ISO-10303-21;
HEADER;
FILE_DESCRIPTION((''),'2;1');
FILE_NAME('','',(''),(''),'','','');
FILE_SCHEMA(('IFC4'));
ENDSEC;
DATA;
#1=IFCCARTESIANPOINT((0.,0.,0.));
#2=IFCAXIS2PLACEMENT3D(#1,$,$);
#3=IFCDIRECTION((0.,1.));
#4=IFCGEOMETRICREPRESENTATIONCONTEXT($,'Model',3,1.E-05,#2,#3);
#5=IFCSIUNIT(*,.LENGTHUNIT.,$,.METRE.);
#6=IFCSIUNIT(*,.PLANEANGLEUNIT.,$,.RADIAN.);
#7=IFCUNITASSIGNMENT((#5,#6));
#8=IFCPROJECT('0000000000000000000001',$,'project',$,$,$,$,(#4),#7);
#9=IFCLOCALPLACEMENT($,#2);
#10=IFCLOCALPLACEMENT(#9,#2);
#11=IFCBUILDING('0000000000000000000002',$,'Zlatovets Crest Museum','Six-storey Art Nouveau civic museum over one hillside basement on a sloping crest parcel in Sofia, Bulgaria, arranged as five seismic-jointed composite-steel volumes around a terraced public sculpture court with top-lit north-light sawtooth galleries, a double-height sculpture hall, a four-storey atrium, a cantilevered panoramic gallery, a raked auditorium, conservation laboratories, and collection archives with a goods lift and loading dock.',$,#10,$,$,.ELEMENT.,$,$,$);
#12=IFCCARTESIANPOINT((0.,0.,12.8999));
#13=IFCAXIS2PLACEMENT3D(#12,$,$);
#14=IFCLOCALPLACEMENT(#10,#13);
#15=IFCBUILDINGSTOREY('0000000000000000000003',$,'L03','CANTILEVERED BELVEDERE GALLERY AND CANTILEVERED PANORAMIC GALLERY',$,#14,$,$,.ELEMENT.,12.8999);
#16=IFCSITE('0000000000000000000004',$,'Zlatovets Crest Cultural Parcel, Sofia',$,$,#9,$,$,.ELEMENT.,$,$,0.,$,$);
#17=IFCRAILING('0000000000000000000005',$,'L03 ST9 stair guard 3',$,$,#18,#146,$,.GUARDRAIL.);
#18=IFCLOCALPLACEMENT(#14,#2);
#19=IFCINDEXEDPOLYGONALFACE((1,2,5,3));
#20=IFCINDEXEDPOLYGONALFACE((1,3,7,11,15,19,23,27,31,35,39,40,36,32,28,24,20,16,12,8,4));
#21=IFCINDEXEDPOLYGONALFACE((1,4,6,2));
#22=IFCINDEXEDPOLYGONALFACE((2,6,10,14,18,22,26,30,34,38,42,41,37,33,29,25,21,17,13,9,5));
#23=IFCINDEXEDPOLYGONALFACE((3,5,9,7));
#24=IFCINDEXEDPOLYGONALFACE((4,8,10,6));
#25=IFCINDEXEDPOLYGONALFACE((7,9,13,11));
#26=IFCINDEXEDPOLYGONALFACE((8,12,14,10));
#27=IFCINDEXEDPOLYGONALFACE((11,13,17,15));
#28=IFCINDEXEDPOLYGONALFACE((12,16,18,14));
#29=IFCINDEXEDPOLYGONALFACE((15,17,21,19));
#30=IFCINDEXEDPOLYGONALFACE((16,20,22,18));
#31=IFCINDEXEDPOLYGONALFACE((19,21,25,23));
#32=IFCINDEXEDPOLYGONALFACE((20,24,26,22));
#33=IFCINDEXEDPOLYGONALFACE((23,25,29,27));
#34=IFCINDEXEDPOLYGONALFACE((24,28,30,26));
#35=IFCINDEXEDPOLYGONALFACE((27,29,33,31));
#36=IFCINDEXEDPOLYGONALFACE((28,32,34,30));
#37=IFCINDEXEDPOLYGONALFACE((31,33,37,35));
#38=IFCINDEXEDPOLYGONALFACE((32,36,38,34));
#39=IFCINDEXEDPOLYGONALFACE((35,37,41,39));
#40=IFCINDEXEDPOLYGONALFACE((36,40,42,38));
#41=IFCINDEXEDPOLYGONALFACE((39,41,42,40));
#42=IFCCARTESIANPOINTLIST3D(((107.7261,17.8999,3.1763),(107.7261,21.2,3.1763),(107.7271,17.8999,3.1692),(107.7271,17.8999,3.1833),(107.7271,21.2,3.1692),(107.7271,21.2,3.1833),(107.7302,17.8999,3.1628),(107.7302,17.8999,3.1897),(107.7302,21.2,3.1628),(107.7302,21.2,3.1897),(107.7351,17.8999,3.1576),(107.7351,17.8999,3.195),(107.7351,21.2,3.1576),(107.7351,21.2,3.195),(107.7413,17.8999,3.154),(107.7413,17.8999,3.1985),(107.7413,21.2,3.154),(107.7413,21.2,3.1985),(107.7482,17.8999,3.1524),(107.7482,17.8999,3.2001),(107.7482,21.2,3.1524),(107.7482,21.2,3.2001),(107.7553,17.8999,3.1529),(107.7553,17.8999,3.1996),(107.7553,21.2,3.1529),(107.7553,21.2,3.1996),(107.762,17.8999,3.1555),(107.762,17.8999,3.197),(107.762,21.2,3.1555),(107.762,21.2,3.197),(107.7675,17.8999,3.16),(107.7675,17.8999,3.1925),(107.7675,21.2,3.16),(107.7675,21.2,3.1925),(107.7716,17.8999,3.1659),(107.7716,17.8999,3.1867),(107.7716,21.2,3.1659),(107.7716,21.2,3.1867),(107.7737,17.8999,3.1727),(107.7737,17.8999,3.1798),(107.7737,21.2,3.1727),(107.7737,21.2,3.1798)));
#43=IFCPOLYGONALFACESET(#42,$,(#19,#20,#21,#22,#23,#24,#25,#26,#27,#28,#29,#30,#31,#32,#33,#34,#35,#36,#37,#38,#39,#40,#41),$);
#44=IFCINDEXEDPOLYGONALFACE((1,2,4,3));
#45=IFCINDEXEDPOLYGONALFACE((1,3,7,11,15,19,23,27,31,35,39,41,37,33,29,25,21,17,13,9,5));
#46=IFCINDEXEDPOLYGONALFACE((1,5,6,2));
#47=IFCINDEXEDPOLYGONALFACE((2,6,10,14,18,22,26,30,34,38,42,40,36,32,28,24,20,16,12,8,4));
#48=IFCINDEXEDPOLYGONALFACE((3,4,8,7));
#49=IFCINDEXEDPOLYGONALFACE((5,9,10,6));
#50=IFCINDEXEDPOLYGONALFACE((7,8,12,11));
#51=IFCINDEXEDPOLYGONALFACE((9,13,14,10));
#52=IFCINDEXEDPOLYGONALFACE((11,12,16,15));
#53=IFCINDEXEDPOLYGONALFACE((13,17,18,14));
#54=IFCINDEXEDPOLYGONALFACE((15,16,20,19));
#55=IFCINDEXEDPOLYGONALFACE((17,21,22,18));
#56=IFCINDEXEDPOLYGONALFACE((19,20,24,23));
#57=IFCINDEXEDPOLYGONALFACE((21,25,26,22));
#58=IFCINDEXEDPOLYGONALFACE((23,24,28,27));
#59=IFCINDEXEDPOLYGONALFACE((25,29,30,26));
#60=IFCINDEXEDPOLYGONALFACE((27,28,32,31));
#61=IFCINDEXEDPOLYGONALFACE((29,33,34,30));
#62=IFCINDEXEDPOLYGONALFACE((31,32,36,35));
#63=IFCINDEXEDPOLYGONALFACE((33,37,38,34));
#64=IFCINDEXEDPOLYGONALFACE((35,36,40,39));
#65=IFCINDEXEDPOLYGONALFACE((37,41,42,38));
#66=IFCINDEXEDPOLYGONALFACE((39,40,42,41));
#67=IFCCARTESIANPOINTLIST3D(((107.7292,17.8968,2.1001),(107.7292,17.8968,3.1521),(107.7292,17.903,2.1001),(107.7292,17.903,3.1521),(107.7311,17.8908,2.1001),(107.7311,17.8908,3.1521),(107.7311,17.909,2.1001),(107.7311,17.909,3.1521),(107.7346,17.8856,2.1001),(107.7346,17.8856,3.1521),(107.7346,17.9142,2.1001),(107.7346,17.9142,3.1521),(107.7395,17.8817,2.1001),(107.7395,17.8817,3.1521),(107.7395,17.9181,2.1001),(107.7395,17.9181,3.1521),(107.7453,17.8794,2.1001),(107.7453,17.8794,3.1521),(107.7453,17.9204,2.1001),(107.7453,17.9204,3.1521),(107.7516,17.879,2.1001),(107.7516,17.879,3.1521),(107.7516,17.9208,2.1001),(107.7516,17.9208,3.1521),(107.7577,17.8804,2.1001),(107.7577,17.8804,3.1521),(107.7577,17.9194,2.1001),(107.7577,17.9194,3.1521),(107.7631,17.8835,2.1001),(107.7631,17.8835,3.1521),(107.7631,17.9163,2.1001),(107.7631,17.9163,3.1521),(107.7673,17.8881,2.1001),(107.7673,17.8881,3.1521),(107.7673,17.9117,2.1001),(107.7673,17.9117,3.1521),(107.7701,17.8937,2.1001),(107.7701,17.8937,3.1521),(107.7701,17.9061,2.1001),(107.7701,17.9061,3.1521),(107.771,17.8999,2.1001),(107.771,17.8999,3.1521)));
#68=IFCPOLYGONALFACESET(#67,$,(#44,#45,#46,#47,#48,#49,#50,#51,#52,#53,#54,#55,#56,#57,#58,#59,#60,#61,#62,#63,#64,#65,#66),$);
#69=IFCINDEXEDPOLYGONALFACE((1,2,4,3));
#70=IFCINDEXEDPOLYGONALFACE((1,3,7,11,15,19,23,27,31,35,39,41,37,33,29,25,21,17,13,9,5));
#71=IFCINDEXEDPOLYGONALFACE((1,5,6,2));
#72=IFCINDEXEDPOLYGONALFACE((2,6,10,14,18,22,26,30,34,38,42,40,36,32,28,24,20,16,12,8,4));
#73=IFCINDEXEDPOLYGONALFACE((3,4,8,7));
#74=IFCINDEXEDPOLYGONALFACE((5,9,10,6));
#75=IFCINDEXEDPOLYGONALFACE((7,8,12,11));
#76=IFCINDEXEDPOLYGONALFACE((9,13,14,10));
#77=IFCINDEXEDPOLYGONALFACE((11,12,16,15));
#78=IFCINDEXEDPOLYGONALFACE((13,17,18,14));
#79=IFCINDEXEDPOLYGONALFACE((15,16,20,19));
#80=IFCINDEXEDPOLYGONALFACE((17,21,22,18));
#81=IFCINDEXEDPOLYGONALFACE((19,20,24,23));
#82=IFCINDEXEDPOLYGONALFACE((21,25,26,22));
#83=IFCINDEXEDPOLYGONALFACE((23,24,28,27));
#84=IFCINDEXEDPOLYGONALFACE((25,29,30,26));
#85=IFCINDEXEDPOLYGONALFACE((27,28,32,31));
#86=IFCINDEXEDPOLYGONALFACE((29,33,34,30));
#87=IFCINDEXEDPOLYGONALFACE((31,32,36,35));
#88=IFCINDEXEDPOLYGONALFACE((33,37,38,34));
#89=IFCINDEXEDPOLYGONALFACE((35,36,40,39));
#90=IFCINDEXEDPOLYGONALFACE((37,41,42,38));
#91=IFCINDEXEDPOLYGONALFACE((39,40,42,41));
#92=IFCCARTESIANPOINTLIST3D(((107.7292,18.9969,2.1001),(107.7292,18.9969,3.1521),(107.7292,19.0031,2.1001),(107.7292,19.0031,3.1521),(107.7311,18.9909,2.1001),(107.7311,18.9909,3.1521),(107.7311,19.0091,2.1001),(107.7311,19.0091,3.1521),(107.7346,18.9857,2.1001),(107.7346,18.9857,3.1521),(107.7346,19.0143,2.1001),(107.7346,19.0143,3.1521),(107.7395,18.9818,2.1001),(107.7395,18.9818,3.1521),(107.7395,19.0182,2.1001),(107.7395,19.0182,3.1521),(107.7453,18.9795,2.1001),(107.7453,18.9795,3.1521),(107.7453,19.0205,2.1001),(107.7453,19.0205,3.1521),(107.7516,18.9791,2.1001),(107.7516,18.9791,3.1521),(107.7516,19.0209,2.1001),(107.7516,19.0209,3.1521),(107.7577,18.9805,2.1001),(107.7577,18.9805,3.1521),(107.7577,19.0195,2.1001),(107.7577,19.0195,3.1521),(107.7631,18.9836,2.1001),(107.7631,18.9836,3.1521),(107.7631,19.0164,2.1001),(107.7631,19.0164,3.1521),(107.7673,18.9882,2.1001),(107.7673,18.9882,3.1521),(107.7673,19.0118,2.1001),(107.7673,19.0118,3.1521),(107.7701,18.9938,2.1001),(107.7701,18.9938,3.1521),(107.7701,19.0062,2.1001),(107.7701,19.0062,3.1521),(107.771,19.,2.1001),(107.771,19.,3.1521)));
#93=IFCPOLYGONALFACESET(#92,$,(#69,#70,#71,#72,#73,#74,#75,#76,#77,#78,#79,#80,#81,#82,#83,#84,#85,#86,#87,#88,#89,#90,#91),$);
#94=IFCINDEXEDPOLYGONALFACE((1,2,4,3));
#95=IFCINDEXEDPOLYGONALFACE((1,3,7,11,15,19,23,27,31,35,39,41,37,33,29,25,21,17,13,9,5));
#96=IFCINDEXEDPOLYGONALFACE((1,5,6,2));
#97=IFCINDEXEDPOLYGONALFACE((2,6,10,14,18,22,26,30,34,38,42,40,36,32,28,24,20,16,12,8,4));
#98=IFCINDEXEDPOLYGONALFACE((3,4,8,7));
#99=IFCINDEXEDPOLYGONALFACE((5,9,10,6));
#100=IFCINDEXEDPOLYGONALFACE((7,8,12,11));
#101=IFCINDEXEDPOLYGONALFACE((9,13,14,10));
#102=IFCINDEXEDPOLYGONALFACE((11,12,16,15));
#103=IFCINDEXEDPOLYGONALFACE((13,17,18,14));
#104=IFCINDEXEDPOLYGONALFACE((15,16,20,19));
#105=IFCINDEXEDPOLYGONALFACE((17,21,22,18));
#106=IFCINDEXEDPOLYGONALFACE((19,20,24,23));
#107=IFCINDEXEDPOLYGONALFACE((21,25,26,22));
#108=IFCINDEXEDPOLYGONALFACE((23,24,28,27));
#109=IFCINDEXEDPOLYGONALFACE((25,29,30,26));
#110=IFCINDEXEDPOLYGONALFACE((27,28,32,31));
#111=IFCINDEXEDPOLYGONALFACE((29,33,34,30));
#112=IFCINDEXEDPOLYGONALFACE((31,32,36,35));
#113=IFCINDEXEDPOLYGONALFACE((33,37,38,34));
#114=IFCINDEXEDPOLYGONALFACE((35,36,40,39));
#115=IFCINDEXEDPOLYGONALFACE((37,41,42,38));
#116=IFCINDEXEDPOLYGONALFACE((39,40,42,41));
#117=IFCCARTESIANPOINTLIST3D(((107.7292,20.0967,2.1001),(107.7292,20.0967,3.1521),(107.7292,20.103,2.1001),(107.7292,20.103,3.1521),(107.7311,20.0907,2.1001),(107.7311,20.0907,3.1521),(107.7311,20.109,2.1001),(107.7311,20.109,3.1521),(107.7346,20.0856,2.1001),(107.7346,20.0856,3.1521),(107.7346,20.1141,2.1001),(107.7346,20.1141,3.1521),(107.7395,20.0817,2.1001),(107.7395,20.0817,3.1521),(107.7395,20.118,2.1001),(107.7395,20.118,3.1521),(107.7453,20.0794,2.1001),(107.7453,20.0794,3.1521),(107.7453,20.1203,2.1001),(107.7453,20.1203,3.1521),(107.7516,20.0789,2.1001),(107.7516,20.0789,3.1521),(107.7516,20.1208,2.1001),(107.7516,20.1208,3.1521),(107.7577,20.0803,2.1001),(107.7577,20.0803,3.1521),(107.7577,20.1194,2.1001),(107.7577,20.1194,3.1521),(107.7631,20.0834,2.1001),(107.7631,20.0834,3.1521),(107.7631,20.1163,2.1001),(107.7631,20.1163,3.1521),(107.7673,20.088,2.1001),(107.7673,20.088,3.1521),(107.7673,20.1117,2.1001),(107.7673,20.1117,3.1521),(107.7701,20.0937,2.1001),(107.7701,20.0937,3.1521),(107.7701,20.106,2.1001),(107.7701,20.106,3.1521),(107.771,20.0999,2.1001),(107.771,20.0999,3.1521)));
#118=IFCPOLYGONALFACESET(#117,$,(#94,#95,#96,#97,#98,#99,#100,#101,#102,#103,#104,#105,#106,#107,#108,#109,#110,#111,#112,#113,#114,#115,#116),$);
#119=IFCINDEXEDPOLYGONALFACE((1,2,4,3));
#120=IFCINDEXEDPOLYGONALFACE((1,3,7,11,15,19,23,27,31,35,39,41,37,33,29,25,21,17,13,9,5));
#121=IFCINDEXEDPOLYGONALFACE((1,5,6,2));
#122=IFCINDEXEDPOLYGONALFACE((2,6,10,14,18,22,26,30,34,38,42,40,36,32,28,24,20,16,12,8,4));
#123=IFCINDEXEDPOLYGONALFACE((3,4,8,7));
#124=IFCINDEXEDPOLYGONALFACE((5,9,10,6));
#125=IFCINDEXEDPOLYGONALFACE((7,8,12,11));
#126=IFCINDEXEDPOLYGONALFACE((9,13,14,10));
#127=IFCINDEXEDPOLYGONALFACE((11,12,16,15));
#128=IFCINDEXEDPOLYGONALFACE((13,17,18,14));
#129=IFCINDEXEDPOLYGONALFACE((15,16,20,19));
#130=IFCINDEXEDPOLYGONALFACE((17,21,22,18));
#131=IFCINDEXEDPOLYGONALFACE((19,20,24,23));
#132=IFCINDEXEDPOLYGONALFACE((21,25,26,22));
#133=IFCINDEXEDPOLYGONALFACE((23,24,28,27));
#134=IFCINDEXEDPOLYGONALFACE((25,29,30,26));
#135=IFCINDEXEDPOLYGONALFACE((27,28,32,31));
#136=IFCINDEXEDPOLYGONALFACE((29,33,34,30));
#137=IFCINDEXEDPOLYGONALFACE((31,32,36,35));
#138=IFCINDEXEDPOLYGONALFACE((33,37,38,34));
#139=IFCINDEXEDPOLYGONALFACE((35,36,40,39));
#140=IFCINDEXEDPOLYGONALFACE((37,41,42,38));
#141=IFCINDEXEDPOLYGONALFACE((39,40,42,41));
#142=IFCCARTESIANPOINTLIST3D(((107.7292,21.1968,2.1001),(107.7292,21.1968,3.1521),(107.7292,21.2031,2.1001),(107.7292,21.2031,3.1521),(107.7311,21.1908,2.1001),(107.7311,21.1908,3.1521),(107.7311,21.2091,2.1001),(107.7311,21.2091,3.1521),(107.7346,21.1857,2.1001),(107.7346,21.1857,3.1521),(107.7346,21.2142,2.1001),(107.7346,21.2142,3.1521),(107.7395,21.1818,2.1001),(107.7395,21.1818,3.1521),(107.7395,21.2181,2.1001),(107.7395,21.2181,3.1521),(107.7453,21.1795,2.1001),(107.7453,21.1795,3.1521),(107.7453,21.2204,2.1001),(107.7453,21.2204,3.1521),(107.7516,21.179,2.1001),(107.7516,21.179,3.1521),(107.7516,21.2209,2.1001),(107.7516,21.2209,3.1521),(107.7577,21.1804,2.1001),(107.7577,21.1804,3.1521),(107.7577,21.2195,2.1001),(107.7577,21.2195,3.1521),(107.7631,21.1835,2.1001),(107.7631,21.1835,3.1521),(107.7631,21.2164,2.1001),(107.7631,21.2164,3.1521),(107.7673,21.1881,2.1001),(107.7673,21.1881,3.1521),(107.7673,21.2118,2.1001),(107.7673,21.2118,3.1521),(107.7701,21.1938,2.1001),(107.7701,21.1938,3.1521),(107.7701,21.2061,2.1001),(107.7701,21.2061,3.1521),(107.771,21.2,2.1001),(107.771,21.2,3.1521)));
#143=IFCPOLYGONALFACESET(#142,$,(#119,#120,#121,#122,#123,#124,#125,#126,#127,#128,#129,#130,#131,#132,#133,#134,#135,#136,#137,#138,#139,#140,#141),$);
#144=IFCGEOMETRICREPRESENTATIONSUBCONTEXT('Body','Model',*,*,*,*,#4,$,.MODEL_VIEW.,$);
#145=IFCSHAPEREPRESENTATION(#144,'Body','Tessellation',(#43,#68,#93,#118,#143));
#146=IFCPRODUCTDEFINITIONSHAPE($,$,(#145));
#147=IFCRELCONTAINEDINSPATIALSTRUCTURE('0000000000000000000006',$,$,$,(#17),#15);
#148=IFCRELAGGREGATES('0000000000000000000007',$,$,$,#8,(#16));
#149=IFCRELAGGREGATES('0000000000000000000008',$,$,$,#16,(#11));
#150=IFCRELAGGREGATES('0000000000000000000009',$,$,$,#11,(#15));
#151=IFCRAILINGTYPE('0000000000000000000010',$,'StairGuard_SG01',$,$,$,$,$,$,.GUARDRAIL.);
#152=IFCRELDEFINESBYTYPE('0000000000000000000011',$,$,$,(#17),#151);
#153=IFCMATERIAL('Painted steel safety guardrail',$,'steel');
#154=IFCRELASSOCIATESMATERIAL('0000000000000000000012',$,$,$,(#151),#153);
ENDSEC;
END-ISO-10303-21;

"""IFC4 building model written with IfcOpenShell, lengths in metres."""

from ifc_helpers import new_model, si_unit, direction, frame, origin, origin_2d, place, context, subcontext, project, spatial, circle, extrude, material, type_object, element, save


model = new_model("IFC4")

# Units and contexts
model_context = context("Model", 3, precision=1e-05, world=origin(), true_north=direction((0.0, 1.0)))
body_context = subcontext(model_context, "Body", "Model", "MODEL_VIEW")
ifc_project = project(units=[si_unit("LENGTHUNIT", "METRE"), si_unit("PLANEANGLEUNIT", "RADIAN")], contexts=[model_context])

# Site, building, storey
site_placement = place(None, origin())
site = spatial("IfcSite", under=ifc_project, at=site_placement, Name="Zlatovets Crest Cultural Parcel, Sofia", CompositionType="ELEMENT", RefElevation=0.0)
building_placement = place(site_placement, origin())
building = spatial("IfcBuilding", under=site, at=building_placement, Name="Zlatovets Crest Museum", Description="Six-storey Art Nouveau civic museum over one hillside basement on a sloping crest parcel in Sofia, Bulgaria, arranged as five seismic-jointed composite-steel volumes around a terraced public sculpture court with top-lit north-light sawtooth galleries, a double-height sculpture hall, a four-storey atrium, a cantilevered panoramic gallery, a raked auditorium, conservation laboratories, and collection archives with a goods lift and loading dock.", CompositionType="ELEMENT")
storey_placement = place(building_placement, frame((0.0, 0.0, 12.8999)))
storey = spatial("IfcBuildingStorey", under=building, at=storey_placement, Name="L03", Description="CANTILEVERED BELVEDERE GALLERY AND CANTILEVERED PANORAMIC GALLERY", CompositionType="ELEMENT", Elevation=12.8999)

# Railing
ifc_material_1 = material(Name="Painted steel safety guardrail", Category="steel")
railing_type_1 = type_object("IfcRailingType", Name="StairGuard_SG01", PredefinedType="GUARDRAIL", material=ifc_material_1)
for number, where, name in (
    (1, (107.75, 17.8999, 2.1001), "L03 ST9 stair guard 3"),
):
    element("IfcRailing", number, at=place(storey_placement, frame(where)), inside=storey, type_object=railing_type_1, Name=name, PredefinedType="GUARDRAIL", context=body_context, shape_type="SweptSolid", body=[
        extrude(circle(Radius=0.0239, at=origin_2d()), frame((0.0, 0.0, 1.0762), z_axis=(0.0, 1.0, 0.0), x_axis=(-1.0, 0.0, 0.0)), (0.0, 0.0, 1.0), 3.3),
        extrude(circle(Radius=0.021, at=origin_2d()), origin(), (0.0, 0.0, 1.0), 1.052),
        extrude(circle(Radius=0.021, at=origin_2d()), frame((0.0, 1.1001, 0.0)), (0.0, 0.0, 1.0), 1.052),
        extrude(circle(Radius=0.021, at=origin_2d()), frame((0.0, 2.2, 0.0)), (0.0, 0.0, 1.0), 1.052),
        extrude(circle(Radius=0.021, at=origin_2d()), frame((0.0, 3.3, 0.0)), (0.0, 0.0, 1.0), 1.052),
    ])

save(model, "model.ifc")
